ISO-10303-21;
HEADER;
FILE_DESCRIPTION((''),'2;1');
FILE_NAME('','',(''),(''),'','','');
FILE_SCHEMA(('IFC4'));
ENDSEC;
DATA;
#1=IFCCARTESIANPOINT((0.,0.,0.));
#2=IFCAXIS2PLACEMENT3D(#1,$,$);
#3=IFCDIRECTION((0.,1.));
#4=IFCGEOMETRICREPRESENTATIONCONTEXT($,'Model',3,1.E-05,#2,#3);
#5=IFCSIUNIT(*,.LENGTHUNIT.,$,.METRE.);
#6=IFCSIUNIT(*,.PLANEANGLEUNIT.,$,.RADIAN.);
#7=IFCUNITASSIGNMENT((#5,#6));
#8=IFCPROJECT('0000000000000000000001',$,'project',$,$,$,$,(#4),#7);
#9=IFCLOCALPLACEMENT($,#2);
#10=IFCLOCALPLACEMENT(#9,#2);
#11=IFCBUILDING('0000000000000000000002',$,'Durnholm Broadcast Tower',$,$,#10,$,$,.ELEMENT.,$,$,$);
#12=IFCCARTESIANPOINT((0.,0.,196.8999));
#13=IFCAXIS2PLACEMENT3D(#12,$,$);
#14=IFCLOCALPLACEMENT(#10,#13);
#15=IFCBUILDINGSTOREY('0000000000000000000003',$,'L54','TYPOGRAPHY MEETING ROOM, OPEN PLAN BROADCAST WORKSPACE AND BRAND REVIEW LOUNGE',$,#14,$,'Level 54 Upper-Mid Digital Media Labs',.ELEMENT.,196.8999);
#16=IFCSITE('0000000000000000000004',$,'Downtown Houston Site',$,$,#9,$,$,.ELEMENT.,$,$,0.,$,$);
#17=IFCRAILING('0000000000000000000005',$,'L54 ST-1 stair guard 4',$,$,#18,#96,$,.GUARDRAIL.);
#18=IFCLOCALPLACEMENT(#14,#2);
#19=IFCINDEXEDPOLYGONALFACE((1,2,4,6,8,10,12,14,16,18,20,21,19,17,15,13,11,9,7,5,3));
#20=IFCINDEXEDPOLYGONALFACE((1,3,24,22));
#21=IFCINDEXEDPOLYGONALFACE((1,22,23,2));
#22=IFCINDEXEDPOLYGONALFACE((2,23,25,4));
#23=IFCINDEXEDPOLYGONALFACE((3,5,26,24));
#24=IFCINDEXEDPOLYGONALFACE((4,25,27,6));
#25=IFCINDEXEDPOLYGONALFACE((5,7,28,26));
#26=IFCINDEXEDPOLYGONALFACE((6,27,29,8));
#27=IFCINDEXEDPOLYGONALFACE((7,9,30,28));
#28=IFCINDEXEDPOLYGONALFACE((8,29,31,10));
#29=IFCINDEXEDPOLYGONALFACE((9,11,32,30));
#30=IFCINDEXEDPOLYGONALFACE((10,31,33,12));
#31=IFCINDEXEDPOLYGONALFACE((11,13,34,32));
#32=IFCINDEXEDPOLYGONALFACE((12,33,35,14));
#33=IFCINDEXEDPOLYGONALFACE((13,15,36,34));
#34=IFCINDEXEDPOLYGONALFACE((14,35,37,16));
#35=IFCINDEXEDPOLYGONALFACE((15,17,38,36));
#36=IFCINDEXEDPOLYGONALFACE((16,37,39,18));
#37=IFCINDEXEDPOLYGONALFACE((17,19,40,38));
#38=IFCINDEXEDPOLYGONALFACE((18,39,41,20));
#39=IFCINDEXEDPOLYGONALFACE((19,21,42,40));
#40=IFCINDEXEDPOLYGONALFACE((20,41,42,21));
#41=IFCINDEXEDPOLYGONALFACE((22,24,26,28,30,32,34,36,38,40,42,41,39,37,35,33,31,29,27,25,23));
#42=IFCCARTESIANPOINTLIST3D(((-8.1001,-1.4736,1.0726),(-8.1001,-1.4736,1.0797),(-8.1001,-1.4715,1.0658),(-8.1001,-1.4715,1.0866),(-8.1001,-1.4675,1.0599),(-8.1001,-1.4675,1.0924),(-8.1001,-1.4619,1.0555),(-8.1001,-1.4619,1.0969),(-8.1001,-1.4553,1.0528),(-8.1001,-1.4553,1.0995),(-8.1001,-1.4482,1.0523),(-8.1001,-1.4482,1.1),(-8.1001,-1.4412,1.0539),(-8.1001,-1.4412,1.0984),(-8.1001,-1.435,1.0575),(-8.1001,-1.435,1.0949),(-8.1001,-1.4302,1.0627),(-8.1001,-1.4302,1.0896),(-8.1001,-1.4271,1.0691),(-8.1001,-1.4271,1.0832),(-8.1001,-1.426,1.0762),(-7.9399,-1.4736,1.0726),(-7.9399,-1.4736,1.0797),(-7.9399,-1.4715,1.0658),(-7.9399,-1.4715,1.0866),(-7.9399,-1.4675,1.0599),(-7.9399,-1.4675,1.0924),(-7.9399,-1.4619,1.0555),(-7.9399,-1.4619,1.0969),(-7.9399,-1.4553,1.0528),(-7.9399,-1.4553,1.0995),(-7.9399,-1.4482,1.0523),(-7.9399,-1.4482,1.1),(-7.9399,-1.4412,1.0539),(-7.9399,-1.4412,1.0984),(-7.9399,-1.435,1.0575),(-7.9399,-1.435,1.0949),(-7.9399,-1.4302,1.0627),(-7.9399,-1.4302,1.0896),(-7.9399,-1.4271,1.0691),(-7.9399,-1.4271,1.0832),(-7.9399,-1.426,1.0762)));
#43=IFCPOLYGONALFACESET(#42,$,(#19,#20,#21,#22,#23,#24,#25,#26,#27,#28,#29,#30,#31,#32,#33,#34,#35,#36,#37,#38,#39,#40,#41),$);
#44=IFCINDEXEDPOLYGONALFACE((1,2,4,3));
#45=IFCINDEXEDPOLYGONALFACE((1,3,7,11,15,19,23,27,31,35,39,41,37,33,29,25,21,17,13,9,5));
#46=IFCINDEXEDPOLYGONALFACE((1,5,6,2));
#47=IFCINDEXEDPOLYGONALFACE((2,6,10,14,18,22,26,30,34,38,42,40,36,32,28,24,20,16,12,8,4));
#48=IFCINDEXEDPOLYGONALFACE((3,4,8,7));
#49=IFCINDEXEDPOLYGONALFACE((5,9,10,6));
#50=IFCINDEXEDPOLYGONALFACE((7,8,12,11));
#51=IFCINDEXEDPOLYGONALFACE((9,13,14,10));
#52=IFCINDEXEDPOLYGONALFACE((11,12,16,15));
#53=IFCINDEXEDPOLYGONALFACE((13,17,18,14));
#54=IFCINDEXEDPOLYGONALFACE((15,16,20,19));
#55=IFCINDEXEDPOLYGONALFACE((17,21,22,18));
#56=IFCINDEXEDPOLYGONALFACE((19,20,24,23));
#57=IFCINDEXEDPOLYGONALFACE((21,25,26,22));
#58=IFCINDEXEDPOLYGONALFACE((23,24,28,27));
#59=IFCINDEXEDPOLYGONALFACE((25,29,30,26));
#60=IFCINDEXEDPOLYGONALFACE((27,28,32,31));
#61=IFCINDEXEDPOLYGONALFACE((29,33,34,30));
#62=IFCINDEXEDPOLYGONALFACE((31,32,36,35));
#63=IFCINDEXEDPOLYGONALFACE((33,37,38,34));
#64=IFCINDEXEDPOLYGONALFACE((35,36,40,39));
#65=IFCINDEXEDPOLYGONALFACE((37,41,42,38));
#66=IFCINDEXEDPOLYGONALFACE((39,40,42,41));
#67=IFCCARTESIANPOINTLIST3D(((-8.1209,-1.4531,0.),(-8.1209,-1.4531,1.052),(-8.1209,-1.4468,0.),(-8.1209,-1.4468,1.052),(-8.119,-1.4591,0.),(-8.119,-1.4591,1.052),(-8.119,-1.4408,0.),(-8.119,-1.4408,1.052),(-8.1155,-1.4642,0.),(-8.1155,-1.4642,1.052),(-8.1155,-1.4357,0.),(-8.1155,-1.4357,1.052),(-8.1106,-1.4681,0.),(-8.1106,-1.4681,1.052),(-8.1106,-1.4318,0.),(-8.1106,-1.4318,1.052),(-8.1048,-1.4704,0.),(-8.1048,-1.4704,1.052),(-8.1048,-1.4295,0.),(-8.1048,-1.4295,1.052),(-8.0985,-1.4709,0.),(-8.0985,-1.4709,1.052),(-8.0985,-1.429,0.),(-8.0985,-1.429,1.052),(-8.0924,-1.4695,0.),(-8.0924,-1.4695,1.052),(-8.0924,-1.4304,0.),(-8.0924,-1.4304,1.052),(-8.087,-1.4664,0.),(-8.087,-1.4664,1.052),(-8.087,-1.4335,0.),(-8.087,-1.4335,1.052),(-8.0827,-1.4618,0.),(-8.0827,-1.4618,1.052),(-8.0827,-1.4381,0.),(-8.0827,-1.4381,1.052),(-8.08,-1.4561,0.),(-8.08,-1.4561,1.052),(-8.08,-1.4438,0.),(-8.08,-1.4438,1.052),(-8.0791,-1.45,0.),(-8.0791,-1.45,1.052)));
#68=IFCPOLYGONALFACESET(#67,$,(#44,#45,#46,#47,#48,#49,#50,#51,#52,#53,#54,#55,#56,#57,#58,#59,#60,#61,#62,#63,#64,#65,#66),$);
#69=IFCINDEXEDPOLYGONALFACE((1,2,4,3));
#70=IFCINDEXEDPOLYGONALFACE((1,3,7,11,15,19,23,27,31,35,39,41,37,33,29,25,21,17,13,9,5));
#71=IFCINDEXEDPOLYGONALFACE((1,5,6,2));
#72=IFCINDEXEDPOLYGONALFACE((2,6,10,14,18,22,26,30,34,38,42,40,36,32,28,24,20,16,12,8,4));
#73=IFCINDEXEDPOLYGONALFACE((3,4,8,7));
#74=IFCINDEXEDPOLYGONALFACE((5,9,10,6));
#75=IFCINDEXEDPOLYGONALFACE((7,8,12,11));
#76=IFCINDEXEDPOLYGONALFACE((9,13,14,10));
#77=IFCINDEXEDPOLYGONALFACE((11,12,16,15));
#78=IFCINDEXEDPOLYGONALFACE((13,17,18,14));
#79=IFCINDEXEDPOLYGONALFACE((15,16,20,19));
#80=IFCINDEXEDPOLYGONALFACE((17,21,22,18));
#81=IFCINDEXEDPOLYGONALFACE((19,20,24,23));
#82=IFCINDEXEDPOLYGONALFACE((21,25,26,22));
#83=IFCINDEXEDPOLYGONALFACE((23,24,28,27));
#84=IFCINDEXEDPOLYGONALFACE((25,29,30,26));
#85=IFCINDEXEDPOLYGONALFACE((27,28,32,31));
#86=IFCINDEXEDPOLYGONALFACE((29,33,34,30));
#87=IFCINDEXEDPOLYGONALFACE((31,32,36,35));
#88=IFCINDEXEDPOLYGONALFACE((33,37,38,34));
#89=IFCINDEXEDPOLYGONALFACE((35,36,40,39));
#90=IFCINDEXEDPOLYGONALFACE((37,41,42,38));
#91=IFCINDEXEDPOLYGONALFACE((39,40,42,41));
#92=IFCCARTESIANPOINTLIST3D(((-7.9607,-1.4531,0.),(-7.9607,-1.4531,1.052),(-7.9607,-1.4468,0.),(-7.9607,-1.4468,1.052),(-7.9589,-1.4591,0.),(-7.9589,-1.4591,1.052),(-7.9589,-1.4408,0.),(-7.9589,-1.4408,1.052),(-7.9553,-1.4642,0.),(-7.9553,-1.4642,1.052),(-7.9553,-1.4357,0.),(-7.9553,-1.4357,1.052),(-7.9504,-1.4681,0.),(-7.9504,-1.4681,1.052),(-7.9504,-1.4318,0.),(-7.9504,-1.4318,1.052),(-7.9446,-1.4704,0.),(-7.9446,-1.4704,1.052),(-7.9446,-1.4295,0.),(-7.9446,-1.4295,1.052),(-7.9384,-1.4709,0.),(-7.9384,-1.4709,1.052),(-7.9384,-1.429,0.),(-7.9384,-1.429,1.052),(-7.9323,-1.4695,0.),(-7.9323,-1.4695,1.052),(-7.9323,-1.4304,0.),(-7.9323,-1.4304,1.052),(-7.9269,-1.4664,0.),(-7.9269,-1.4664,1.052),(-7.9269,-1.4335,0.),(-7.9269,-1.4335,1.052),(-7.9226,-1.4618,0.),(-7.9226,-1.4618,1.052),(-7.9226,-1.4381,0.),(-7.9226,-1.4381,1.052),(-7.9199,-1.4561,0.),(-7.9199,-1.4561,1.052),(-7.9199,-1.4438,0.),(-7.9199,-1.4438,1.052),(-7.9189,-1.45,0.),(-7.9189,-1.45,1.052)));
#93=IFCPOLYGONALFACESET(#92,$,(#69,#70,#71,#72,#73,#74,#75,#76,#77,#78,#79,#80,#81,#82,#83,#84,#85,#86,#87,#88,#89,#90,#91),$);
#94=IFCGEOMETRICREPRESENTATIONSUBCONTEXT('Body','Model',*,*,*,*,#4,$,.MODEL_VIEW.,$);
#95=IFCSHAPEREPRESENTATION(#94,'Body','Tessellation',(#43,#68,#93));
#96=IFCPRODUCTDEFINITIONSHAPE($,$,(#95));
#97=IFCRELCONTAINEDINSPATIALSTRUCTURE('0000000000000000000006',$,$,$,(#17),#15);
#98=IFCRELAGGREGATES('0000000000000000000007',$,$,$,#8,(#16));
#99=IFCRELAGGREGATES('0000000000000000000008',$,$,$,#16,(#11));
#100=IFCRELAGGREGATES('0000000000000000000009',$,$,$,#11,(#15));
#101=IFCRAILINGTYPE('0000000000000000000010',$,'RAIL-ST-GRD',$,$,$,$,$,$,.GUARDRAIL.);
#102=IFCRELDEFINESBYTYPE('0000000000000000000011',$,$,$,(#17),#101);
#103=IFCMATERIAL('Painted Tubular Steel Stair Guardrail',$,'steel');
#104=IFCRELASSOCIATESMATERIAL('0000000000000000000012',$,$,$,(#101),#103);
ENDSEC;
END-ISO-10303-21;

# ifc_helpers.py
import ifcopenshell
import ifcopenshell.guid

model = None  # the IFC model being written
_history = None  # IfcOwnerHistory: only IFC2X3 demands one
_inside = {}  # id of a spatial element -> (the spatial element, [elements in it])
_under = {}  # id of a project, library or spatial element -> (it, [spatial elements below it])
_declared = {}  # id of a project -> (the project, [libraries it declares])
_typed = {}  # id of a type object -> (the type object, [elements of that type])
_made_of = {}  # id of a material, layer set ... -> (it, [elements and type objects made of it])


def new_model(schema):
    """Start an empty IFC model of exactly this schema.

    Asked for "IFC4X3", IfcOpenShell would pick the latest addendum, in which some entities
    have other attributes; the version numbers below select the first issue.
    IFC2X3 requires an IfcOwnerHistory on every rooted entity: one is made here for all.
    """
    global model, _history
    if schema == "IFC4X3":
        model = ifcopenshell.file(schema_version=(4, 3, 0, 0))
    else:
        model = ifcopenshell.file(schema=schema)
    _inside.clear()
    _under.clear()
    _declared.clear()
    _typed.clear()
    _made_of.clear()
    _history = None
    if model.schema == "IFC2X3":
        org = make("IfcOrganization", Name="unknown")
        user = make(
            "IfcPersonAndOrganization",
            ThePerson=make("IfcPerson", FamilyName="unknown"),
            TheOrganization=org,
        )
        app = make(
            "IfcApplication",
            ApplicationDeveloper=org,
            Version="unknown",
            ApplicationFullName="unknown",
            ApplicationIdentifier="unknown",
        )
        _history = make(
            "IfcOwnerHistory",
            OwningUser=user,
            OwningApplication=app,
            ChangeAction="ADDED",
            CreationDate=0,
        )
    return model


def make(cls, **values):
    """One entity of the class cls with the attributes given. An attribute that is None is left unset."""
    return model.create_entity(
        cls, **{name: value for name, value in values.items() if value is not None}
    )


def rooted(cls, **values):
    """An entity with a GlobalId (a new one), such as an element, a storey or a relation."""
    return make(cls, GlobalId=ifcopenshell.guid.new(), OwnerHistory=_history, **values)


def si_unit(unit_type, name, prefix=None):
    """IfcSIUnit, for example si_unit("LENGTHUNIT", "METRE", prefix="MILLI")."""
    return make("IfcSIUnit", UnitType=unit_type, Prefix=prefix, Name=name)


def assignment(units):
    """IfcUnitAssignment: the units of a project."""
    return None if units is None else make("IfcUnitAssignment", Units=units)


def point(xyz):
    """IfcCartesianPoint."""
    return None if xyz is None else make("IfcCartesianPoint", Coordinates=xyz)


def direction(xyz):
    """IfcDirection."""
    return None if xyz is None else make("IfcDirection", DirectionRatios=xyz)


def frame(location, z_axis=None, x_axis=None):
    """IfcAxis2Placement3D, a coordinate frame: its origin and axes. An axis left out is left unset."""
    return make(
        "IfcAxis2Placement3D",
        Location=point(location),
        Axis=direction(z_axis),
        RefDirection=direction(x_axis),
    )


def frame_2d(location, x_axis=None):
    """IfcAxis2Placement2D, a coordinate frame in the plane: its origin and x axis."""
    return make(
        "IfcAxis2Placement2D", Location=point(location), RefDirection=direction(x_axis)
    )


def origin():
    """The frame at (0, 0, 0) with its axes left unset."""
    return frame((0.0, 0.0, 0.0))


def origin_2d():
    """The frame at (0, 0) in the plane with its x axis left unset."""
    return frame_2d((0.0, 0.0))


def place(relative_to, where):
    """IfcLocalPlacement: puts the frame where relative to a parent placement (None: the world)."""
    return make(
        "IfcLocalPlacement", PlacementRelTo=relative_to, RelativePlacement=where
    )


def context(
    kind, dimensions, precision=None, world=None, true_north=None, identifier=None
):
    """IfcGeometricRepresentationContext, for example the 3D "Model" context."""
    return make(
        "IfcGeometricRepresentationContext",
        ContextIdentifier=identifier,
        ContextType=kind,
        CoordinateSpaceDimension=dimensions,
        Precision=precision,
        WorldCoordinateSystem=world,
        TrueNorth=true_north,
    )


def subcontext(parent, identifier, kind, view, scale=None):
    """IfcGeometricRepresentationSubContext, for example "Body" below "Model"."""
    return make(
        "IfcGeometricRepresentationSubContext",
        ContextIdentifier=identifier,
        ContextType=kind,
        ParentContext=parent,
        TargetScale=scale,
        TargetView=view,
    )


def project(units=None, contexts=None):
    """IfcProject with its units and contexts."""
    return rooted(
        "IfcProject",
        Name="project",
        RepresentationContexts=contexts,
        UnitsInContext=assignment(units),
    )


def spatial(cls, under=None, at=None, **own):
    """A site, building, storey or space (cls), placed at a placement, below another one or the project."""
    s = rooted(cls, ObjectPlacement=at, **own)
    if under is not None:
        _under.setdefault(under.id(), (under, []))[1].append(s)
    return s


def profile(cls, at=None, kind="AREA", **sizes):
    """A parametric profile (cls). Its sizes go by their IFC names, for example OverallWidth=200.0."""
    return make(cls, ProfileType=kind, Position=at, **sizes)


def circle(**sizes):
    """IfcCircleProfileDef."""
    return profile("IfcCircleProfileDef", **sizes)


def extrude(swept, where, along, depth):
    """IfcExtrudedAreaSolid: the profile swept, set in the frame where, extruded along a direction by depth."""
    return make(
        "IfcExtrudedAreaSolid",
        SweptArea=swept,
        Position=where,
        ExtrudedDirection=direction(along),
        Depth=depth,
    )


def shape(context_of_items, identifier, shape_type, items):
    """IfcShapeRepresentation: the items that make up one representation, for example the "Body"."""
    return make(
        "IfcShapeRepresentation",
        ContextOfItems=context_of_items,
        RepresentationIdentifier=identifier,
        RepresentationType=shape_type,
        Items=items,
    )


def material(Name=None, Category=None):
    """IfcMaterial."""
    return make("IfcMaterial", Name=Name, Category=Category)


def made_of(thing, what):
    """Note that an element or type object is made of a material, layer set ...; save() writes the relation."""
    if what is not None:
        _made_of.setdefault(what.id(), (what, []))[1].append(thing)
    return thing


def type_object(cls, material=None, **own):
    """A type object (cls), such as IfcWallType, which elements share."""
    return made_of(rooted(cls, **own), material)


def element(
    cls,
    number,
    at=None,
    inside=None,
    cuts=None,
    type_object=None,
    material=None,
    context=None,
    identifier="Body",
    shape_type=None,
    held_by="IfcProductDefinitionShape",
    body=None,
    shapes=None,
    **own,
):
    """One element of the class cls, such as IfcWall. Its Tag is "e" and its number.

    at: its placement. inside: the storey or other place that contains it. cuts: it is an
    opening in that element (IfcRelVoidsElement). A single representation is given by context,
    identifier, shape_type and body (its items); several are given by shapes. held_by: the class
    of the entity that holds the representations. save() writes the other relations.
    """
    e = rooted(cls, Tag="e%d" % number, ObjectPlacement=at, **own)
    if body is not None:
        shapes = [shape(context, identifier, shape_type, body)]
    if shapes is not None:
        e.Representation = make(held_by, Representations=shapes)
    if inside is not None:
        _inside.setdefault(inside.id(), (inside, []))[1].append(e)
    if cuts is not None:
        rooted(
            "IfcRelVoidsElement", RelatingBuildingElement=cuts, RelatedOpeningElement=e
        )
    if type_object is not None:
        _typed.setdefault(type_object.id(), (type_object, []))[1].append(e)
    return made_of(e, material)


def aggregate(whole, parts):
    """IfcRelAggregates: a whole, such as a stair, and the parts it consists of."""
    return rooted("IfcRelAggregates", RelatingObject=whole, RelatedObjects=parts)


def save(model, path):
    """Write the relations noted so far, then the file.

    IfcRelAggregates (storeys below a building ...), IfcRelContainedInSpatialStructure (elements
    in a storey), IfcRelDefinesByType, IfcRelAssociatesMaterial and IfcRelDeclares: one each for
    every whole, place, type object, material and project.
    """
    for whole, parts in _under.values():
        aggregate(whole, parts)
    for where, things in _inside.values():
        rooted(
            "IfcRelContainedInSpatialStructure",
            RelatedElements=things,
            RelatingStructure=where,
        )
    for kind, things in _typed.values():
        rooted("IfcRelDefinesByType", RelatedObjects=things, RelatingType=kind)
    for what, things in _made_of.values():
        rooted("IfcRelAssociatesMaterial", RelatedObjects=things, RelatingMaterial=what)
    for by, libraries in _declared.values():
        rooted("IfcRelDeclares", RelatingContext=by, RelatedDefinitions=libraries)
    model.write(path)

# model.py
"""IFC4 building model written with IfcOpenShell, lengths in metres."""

from ifc_helpers import new_model, si_unit, direction, frame, origin, origin_2d, place, context, subcontext, project, spatial, circle, extrude, material, type_object, element, save


model = new_model("IFC4")

# Units and contexts
model_context = context("Model", 3, precision=1e-05, world=origin(), true_north=direction((0.0, 1.0)))
body_context = subcontext(model_context, "Body", "Model", "MODEL_VIEW")
ifc_project = project(units=[si_unit("LENGTHUNIT", "METRE"), si_unit("PLANEANGLEUNIT", "RADIAN")], contexts=[model_context])

# Site, building, storey
site_placement = place(None, origin())
site = spatial("IfcSite", under=ifc_project, at=site_placement, Name="Downtown Houston Site", CompositionType="ELEMENT", RefElevation=0.0)
building_placement = place(site_placement, origin())
building = spatial("IfcBuilding", under=site, at=building_placement, Name="Durnholm Broadcast Tower", CompositionType="ELEMENT")
storey_placement = place(building_placement, frame((0.0, 0.0, 196.8999)))
storey = spatial("IfcBuildingStorey", under=building, at=storey_placement, Name="L54", Description="TYPOGRAPHY MEETING ROOM, OPEN PLAN BROADCAST WORKSPACE AND BRAND REVIEW LOUNGE", LongName="Level 54 Upper-Mid Digital Media Labs", CompositionType="ELEMENT", Elevation=196.8999)

# Railing
ifc_material_1 = material(Name="Painted Tubular Steel Stair Guardrail", Category="steel")
railing_type_1 = type_object("IfcRailingType", Name="RAIL-ST-GRD", PredefinedType="GUARDRAIL", material=ifc_material_1)
railing_1_placement = place(storey_placement, frame((-8.1001, -1.45, 0.0)))
element("IfcRailing", 1, at=railing_1_placement, inside=storey, type_object=railing_type_1, Name="L54 ST-1 stair guard 4", PredefinedType="GUARDRAIL", context=body_context, shape_type="SweptSolid", body=[
    extrude(circle(Radius=0.0239, at=origin_2d()), frame((0.0, 0.0, 1.0762), z_axis=(1.0, 0.0, 0.0), x_axis=(0.0, 1.0, 0.0)), (0.0, 0.0, 1.0), 0.1602),
    extrude(circle(Radius=0.021, at=origin_2d()), origin(), (0.0, 0.0, 1.0), 1.052),
    extrude(circle(Radius=0.021, at=origin_2d()), frame((0.1602, 0.0, 0.0)), (0.0, 0.0, 1.0), 1.052),
])

save(model, "model.ifc")
